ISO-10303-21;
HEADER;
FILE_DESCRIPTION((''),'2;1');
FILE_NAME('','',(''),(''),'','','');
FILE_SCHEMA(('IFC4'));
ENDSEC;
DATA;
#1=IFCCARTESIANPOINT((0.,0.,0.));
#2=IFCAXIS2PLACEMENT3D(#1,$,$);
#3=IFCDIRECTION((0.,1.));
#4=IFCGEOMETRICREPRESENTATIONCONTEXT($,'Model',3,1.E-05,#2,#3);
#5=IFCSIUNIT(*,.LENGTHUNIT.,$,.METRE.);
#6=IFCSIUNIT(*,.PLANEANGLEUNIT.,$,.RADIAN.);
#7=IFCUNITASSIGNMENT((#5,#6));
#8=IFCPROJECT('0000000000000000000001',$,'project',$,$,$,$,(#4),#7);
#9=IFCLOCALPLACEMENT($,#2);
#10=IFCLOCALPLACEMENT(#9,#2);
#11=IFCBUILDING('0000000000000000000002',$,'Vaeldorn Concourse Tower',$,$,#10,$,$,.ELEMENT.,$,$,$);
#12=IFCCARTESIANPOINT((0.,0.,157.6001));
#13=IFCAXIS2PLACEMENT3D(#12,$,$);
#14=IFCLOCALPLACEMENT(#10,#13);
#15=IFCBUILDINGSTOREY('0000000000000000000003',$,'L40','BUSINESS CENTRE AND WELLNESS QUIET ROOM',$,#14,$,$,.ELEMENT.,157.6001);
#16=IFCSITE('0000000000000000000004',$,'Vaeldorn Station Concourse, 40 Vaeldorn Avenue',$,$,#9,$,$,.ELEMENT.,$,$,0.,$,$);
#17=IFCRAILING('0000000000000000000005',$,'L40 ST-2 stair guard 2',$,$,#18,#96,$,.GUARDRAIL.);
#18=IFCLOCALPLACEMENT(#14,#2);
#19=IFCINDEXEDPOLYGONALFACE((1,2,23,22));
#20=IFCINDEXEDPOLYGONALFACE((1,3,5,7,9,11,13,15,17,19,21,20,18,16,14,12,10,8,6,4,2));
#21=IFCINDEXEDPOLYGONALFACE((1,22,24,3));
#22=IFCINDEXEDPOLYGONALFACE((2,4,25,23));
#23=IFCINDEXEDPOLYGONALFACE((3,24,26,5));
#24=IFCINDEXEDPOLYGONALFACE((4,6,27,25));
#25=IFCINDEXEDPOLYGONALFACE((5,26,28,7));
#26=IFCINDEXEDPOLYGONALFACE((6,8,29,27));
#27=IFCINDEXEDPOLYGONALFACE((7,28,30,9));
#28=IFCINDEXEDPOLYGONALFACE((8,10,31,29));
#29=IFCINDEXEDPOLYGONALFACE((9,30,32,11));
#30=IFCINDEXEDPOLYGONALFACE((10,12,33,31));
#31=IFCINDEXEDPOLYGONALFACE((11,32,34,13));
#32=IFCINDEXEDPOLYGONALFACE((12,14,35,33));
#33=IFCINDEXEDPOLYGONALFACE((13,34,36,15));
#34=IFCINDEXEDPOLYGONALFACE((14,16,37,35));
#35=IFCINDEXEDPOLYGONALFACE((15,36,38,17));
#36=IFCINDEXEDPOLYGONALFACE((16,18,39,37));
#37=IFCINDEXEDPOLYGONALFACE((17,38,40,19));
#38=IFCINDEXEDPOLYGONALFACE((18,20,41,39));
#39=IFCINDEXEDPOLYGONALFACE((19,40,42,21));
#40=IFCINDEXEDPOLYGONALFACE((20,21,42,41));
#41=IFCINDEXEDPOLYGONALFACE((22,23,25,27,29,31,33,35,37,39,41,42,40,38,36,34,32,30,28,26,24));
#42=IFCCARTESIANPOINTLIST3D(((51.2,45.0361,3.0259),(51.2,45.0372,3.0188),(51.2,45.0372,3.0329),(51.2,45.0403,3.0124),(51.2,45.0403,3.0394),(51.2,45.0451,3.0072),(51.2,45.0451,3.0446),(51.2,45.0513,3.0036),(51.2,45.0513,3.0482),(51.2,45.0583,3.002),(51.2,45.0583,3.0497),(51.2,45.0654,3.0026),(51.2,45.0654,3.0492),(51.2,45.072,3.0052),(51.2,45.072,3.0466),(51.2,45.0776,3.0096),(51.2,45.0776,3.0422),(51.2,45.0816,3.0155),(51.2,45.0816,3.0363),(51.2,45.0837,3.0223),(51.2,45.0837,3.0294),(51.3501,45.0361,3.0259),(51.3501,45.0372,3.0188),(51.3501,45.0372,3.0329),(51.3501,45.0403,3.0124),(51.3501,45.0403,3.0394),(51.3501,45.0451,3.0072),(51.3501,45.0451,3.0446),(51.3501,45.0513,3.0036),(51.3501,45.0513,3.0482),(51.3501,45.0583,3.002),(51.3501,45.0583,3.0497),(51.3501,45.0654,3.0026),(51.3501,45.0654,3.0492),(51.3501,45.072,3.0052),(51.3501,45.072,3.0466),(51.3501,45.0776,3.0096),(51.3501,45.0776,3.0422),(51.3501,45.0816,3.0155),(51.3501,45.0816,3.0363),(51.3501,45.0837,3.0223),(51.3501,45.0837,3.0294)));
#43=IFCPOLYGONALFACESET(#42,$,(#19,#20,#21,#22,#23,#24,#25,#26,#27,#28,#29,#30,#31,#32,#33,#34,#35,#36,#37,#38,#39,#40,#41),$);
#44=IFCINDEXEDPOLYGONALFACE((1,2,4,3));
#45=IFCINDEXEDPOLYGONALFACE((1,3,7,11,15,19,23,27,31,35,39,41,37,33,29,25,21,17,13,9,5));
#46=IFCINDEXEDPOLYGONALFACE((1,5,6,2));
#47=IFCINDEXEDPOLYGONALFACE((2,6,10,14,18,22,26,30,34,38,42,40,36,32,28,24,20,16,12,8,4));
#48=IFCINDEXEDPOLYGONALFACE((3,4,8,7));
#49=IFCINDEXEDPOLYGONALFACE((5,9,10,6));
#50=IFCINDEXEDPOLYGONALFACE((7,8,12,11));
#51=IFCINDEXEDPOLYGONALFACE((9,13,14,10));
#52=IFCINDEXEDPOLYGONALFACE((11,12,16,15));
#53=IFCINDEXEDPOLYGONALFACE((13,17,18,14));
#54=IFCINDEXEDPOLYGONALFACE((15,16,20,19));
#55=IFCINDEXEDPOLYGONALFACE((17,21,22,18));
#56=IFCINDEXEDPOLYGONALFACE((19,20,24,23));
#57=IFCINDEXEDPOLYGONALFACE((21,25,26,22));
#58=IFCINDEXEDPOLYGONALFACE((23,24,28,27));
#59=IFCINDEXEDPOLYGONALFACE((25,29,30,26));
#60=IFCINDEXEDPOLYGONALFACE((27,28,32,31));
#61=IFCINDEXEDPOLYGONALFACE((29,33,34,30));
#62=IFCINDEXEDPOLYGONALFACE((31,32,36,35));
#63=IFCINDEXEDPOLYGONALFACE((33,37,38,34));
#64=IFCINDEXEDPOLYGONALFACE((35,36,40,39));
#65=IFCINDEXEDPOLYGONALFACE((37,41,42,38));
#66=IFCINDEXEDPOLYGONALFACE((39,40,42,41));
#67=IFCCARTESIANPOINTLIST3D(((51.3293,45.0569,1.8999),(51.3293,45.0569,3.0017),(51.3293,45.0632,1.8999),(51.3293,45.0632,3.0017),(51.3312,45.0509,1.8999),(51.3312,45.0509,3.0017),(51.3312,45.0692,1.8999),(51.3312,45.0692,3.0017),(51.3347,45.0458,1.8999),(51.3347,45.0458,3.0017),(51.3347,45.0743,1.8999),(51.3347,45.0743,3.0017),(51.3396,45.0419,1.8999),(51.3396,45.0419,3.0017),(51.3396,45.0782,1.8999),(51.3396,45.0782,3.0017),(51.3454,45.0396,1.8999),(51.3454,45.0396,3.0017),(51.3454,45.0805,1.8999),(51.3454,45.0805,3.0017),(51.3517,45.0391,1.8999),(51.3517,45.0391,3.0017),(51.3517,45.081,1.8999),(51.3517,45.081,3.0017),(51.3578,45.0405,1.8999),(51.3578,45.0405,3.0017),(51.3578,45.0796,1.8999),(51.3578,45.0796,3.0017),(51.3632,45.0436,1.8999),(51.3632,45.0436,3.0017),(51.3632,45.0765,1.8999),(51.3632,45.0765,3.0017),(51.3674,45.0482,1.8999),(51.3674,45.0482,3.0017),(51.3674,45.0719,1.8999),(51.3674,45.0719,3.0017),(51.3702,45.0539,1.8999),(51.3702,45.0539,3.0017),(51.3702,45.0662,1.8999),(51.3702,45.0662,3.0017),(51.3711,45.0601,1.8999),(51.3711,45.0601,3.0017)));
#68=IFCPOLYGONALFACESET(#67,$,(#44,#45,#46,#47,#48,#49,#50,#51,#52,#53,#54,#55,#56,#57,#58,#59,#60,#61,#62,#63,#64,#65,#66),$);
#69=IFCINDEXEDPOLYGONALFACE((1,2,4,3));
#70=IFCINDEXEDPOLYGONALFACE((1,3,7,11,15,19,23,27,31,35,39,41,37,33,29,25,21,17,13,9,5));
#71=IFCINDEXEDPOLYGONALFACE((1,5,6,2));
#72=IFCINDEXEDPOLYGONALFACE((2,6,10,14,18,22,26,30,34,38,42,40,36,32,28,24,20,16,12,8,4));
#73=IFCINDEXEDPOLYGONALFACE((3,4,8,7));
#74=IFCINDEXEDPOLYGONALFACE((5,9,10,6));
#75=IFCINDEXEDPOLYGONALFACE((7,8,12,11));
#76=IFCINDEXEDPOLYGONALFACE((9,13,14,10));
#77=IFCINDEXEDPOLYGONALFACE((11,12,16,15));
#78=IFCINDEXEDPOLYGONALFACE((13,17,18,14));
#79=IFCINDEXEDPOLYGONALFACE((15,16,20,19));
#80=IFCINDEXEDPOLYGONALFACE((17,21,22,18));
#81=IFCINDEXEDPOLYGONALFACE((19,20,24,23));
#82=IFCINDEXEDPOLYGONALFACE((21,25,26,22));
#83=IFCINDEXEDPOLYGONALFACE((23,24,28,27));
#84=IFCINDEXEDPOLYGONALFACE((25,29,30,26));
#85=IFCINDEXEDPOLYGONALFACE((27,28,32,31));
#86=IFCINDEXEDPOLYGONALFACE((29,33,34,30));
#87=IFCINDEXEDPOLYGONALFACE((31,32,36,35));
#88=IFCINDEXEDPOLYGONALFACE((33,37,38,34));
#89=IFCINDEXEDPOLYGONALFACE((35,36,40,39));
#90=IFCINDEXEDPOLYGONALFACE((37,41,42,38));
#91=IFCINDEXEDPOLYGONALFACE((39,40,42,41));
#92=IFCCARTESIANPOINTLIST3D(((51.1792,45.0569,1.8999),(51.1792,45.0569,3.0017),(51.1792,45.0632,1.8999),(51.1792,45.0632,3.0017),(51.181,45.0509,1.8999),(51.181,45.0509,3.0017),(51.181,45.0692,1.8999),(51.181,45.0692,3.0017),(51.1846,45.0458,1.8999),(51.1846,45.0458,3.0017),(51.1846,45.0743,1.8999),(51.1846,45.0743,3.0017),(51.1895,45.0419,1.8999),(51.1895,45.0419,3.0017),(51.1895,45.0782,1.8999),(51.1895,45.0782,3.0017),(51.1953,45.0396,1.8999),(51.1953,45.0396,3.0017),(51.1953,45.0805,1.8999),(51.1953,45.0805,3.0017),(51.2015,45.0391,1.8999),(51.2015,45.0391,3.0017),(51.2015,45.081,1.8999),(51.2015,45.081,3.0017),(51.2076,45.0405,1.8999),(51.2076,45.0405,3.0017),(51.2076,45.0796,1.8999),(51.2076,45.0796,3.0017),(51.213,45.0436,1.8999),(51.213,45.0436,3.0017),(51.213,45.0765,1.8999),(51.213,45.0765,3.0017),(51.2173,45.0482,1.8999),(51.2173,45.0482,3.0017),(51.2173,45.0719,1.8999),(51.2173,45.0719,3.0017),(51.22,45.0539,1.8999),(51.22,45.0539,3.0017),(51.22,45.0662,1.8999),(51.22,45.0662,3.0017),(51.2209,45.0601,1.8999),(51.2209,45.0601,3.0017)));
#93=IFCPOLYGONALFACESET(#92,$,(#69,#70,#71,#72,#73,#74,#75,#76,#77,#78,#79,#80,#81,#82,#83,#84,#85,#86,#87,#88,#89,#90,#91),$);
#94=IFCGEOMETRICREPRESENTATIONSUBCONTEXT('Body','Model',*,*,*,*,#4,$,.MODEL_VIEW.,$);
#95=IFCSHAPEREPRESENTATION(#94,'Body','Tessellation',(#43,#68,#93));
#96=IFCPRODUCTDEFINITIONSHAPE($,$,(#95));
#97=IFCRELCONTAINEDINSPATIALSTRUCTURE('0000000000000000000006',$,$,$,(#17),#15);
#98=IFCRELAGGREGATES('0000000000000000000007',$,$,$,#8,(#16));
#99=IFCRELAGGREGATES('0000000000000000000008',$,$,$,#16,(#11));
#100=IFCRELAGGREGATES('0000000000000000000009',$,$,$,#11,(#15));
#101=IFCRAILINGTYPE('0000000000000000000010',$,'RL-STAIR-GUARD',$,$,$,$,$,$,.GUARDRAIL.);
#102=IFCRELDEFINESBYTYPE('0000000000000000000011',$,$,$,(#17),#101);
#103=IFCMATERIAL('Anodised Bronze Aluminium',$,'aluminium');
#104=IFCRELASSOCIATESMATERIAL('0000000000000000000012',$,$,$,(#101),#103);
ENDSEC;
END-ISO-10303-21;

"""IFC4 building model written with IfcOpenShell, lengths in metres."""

from ifc_helpers import new_model, si_unit, direction, frame, origin, origin_2d, place, context, subcontext, project, spatial, circle, extrude, material, type_object, element, save


model = new_model("IFC4")

# Units and contexts
model_context = context("Model", 3, precision=1e-05, world=origin(), true_north=direction((0.0, 1.0)))
body_context = subcontext(model_context, "Body", "Model", "MODEL_VIEW")
ifc_project = project(units=[si_unit("LENGTHUNIT", "METRE"), si_unit("PLANEANGLEUNIT", "RADIAN")], contexts=[model_context])

# Site, building, storey
site_placement = place(None, origin())
site = spatial("IfcSite", under=ifc_project, at=site_placement, Name="Vaeldorn Station Concourse, 40 Vaeldorn Avenue", CompositionType="ELEMENT", RefElevation=0.0)
building_placement = place(site_placement, origin())
building = spatial("IfcBuilding", under=site, at=building_placement, Name="Vaeldorn Concourse Tower", CompositionType="ELEMENT")
storey_placement = place(building_placement, frame((0.0, 0.0, 157.6001)))
storey = spatial("IfcBuildingStorey", under=building, at=storey_placement, Name="L40", Description="BUSINESS CENTRE AND WELLNESS QUIET ROOM", CompositionType="ELEMENT", Elevation=157.6001)

# Shared definitions
ifc_material_1 = material(Name="Anodised Bronze Aluminium", Category="aluminium")

# Railing
railing_type_1 = type_object("IfcRailingType", Name="RL-STAIR-GUARD", PredefinedType="GUARDRAIL", material=ifc_material_1)
railing_1_placement = place(storey_placement, frame((51.3501, 45.0601, 1.8999)))
element("IfcRailing", 1, at=railing_1_placement, inside=storey, type_object=railing_type_1, Name="L40 ST-2 stair guard 2", PredefinedType="GUARDRAIL", context=body_context, shape_type="SweptSolid", body=[
    extrude(circle(Radius=0.0239, at=origin_2d()), frame((0.0, 0.0, 1.126), z_axis=(-1.0, 0.0, 0.0), x_axis=(0.0, -1.0, 0.0)), (0.0, 0.0, 1.0), 0.1501),
    extrude(circle(Radius=0.021, at=origin_2d()), origin(), (0.0, 0.0, 1.0), 1.1018),
    extrude(circle(Radius=0.021, at=origin_2d()), frame((-0.1501, 0.0, 0.0)), (0.0, 0.0, 1.0), 1.1018),
])

save(model, "model.ifc")
